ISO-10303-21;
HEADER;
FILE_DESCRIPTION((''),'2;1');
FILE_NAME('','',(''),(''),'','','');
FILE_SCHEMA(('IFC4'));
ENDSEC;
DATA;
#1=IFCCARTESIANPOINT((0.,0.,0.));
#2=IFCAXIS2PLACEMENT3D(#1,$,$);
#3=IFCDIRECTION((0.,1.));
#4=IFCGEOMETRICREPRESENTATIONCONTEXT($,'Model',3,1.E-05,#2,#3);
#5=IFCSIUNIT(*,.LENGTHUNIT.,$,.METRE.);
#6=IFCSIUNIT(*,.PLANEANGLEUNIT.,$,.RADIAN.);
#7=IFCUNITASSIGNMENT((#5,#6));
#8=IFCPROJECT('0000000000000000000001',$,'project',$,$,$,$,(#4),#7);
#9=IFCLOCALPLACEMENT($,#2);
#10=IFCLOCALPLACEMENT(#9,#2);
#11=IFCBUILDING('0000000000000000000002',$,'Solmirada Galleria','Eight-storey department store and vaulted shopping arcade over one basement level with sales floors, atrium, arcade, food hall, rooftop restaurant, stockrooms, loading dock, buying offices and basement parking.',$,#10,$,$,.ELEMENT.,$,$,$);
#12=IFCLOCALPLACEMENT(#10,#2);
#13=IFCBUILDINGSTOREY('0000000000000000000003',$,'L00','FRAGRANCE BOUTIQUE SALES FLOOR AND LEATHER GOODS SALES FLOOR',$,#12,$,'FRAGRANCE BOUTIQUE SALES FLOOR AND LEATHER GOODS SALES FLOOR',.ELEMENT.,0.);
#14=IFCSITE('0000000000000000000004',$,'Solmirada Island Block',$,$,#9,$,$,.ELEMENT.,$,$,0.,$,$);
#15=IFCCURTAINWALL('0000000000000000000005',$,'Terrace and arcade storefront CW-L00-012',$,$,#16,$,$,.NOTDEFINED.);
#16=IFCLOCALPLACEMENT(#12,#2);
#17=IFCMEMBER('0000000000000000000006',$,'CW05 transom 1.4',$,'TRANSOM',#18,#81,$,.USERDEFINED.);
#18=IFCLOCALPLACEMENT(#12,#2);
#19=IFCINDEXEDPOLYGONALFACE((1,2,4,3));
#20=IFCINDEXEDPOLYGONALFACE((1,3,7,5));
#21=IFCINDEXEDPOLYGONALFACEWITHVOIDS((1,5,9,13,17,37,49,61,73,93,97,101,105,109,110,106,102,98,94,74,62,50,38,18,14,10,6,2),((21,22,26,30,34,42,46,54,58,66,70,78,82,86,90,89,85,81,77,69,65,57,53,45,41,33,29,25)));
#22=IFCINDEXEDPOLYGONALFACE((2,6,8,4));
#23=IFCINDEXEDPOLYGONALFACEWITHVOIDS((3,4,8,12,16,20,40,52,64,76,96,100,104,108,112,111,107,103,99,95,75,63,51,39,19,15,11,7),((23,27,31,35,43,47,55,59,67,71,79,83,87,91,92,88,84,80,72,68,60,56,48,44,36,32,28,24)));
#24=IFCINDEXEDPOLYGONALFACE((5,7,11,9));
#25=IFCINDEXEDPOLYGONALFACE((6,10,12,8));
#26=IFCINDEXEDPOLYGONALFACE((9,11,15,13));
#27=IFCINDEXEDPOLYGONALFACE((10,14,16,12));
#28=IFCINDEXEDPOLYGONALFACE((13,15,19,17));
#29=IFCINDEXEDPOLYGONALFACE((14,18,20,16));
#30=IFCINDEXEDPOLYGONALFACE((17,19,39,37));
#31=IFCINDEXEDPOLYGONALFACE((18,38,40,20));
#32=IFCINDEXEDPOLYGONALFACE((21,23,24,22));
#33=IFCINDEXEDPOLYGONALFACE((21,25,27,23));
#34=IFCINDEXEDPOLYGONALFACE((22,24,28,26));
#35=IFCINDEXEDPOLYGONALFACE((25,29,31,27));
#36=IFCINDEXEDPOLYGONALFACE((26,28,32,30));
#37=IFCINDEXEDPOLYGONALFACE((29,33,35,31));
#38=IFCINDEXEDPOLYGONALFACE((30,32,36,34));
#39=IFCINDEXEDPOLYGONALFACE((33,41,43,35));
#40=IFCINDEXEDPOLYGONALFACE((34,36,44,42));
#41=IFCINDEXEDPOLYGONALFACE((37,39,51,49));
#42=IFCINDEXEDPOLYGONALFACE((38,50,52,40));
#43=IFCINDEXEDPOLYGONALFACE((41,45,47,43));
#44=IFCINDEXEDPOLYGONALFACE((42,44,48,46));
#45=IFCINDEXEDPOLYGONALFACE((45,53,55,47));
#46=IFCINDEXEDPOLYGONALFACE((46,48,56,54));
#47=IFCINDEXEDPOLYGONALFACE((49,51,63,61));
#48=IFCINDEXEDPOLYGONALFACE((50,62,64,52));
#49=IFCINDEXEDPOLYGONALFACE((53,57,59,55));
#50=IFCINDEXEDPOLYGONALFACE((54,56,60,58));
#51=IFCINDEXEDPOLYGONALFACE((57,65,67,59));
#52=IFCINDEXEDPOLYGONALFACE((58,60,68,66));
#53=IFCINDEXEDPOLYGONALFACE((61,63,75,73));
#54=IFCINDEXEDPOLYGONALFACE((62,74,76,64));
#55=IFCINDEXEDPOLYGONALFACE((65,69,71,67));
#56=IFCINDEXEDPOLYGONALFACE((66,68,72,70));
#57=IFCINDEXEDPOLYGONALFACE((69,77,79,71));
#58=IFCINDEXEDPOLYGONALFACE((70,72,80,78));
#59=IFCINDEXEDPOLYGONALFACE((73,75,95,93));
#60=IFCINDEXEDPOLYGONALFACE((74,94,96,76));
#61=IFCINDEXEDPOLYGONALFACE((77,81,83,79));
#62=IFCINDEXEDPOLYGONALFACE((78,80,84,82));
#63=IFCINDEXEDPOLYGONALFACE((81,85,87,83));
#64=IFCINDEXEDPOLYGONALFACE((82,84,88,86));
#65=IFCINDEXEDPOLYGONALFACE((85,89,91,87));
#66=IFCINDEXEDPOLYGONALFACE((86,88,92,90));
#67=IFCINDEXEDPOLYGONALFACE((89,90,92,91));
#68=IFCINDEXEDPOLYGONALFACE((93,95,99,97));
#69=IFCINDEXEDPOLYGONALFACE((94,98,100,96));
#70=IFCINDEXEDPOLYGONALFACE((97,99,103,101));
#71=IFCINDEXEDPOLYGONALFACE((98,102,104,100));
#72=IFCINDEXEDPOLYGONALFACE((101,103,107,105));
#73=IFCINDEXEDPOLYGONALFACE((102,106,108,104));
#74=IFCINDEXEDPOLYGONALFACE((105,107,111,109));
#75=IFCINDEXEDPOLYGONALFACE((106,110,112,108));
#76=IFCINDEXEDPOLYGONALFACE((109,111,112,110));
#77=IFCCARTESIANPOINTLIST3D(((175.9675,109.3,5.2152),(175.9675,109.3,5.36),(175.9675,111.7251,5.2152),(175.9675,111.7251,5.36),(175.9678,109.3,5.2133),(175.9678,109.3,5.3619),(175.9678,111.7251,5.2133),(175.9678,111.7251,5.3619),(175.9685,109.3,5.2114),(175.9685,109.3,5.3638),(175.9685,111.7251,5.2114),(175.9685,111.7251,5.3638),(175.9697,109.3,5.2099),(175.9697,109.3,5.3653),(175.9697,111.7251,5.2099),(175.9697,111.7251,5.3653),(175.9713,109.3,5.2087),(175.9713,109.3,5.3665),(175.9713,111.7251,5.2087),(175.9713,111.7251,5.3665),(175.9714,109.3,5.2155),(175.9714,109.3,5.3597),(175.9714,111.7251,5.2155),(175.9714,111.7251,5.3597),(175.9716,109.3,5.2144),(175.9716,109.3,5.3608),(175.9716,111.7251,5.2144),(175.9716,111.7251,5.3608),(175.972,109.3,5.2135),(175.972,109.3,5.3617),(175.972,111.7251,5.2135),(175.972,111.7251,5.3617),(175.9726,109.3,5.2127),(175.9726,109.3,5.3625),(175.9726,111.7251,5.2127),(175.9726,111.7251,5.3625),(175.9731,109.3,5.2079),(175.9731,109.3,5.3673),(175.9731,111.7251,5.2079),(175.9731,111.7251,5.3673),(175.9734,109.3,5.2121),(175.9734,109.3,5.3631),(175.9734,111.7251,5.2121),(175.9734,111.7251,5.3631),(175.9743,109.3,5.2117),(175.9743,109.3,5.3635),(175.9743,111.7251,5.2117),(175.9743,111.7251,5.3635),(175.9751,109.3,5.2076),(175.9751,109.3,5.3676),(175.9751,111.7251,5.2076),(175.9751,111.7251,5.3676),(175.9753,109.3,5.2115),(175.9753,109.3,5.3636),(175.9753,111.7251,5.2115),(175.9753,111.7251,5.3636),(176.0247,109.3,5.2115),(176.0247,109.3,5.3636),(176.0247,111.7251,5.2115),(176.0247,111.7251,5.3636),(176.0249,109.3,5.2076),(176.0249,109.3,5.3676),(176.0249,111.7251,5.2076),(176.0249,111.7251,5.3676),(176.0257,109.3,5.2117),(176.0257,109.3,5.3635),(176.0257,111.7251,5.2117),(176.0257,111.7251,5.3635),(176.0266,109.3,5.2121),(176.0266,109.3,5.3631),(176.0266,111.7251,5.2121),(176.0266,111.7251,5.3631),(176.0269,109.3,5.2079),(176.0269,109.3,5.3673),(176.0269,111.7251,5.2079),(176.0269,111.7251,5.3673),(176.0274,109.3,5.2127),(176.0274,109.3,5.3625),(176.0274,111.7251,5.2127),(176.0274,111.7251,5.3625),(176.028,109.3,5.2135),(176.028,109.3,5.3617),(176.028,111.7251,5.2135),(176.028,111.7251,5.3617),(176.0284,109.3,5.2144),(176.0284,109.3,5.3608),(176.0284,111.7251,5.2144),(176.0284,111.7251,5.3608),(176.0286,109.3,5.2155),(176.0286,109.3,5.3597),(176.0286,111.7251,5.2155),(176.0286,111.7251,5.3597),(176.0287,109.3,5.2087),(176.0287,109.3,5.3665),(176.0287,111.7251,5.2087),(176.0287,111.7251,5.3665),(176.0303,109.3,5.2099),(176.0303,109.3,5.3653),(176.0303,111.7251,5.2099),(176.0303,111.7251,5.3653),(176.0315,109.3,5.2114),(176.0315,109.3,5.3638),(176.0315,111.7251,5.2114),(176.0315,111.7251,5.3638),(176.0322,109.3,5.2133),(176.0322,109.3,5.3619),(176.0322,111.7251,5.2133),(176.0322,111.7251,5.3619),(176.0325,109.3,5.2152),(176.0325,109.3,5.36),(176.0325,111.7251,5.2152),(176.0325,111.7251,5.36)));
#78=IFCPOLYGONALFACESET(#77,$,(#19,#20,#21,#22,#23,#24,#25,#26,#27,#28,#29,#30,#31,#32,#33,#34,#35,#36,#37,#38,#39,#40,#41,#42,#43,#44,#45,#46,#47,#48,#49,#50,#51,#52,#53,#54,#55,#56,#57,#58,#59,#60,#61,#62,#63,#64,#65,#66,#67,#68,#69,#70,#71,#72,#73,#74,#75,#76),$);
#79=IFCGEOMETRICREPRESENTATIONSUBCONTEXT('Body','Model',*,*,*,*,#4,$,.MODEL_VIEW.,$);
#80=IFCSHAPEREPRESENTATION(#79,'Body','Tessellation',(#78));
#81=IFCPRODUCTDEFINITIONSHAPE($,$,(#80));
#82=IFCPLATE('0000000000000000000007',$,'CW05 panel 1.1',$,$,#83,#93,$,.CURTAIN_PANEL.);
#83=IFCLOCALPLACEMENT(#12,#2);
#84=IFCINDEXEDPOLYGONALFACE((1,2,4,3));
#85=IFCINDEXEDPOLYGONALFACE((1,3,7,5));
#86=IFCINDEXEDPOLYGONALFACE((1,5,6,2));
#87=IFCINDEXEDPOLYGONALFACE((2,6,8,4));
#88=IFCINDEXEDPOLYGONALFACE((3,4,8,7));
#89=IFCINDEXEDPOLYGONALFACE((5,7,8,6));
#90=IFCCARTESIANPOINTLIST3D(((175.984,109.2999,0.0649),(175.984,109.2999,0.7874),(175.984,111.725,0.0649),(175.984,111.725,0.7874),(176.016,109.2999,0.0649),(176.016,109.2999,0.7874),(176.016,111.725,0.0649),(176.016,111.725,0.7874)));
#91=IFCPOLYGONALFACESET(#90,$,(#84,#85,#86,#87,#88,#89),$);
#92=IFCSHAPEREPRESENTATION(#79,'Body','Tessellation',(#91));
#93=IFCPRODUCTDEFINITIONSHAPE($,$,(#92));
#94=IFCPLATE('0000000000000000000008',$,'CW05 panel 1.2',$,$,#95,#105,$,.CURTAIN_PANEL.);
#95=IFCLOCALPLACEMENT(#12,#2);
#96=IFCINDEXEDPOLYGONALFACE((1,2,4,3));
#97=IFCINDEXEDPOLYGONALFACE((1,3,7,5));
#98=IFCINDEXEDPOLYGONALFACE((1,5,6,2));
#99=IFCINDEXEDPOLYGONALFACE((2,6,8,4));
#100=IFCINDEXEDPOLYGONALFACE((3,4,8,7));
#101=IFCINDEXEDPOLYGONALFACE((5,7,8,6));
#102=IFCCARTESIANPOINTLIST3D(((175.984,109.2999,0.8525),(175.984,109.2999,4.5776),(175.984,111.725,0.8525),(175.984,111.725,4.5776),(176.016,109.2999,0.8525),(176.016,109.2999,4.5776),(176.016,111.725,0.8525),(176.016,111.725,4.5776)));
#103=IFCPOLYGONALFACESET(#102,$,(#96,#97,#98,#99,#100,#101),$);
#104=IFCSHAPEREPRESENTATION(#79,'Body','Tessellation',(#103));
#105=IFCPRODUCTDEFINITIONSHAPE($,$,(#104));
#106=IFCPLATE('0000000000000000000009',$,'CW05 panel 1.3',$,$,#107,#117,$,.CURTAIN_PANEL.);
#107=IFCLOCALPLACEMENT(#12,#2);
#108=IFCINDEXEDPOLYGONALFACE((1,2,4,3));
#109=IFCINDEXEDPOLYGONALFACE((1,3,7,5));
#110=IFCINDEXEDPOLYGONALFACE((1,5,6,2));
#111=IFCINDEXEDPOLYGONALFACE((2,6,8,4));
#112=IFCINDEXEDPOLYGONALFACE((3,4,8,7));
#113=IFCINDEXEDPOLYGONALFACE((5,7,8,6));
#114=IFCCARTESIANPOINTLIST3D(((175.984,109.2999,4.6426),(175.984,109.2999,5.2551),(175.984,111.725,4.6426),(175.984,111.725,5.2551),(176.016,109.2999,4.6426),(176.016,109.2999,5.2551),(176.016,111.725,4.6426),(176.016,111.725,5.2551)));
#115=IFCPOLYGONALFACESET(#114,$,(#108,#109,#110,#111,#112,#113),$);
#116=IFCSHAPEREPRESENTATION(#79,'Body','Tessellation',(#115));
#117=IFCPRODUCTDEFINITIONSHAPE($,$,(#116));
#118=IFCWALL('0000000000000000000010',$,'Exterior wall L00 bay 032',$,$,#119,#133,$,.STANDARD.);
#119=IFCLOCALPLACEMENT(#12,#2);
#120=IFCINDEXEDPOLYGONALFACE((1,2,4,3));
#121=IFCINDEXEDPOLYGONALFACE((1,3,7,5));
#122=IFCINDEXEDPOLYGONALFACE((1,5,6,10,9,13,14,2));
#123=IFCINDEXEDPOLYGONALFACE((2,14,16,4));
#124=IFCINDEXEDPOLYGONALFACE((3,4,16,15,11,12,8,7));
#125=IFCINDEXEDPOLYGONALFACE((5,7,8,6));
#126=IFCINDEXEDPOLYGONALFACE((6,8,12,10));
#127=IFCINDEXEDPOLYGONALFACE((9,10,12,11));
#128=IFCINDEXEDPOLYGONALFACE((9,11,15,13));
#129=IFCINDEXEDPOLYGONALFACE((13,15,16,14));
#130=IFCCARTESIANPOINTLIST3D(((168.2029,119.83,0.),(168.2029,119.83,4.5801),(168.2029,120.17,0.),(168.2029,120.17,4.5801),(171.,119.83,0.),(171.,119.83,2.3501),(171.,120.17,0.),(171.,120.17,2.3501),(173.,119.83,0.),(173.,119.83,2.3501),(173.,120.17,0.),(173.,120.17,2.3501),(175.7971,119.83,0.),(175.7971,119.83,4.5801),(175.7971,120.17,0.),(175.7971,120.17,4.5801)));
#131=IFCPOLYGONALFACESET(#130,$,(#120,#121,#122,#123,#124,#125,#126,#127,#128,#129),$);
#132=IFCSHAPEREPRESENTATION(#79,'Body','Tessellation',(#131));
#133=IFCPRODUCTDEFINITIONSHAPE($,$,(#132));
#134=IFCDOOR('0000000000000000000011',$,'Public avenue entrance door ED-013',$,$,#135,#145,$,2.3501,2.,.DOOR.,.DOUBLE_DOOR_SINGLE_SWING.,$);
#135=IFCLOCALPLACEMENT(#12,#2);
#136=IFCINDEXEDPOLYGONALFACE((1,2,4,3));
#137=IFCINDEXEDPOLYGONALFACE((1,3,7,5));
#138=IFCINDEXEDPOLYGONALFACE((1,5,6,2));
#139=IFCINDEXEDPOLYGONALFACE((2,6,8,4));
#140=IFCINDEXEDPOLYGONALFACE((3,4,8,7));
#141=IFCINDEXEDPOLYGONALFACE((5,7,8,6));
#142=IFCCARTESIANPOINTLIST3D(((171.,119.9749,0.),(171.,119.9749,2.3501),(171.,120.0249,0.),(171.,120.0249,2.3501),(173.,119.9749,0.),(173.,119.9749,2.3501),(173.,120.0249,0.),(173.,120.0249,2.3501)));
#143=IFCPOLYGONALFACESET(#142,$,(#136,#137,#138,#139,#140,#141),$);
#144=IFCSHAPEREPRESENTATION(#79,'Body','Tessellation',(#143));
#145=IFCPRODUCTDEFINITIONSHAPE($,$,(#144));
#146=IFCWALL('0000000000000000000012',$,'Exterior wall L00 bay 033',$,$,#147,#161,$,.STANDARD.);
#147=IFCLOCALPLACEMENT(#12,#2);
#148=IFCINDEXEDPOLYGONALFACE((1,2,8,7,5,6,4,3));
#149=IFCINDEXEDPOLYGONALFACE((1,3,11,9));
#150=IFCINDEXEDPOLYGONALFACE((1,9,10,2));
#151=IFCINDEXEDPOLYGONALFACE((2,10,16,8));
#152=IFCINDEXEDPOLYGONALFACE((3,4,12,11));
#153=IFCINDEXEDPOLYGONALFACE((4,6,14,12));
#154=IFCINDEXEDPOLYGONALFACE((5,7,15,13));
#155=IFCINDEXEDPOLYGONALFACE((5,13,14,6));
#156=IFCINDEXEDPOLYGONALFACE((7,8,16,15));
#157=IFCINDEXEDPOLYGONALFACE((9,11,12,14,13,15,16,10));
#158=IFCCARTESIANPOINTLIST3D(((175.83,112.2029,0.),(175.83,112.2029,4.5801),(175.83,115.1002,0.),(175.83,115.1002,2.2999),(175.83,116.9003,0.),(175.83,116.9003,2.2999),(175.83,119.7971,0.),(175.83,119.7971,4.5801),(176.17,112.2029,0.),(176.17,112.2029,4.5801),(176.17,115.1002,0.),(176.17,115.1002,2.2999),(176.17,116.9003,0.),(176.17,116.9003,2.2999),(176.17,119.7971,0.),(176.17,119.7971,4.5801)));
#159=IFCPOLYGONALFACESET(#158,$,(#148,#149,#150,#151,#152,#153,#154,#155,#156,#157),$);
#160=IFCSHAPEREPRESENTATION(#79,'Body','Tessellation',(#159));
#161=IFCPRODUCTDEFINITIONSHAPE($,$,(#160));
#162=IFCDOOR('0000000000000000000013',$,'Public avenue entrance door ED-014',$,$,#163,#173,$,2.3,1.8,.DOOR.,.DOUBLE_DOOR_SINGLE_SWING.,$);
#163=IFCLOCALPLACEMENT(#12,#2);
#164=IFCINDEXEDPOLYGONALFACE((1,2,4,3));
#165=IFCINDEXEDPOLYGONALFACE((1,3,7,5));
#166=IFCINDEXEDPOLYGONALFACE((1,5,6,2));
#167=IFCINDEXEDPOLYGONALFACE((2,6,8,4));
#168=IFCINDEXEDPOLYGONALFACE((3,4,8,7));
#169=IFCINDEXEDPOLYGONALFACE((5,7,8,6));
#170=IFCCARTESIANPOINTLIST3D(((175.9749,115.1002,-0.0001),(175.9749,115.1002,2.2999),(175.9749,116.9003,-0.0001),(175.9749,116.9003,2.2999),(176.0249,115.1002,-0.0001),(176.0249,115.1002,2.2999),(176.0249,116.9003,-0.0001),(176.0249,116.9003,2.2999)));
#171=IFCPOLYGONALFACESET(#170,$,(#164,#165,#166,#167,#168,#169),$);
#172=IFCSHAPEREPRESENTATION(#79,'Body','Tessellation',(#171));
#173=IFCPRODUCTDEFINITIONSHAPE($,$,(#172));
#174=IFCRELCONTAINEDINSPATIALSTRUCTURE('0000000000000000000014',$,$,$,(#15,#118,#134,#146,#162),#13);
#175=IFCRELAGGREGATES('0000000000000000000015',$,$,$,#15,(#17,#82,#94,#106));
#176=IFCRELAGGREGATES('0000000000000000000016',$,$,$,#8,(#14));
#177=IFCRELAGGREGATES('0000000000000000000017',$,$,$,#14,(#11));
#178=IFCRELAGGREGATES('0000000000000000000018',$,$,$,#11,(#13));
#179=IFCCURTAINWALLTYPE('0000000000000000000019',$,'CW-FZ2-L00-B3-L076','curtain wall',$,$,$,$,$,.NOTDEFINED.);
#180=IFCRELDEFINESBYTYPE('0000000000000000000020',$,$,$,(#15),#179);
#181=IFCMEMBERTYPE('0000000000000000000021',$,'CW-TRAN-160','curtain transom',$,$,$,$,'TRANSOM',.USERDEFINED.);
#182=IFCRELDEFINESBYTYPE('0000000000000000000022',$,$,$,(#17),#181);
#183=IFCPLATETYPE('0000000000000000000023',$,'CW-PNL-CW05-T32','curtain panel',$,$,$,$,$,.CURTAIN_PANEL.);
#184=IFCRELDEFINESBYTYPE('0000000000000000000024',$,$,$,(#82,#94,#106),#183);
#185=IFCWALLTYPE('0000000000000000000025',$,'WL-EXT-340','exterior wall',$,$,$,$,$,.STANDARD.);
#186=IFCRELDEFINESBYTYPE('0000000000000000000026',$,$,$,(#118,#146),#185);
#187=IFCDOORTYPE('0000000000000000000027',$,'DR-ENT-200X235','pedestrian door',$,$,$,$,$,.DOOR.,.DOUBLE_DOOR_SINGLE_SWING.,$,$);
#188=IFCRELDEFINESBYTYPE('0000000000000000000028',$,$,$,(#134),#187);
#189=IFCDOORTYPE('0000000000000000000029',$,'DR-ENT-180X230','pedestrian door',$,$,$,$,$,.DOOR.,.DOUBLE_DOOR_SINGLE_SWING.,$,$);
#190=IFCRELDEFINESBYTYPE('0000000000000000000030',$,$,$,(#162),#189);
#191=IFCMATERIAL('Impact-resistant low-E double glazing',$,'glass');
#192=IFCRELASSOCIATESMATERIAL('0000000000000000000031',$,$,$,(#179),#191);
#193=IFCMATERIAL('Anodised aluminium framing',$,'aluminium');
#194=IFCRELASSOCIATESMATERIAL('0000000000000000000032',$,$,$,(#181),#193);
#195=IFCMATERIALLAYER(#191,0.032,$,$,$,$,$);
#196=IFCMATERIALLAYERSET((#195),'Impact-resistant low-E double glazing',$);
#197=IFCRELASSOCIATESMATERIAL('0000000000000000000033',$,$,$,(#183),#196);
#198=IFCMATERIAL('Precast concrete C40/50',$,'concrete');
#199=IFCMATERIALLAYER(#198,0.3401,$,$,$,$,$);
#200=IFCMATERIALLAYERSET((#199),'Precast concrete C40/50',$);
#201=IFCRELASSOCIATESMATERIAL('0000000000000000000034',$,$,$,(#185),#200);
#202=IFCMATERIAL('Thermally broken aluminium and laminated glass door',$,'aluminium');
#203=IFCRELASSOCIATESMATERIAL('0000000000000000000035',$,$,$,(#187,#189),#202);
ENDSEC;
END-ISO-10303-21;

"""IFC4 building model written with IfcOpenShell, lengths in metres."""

from ifc_helpers import new_model, si_unit, direction, frame, frame_2d, origin, origin_2d, place, context, subcontext, project, spatial, rectangle, hollow_rectangle, extrude, material, layer, layer_set, material_profile, profile_set, type_object, element, fill, aggregate, save


model = new_model("IFC4")

# Units and contexts
model_context = context("Model", 3, precision=1e-05, world=origin(), true_north=direction((0.0, 1.0)))
body_context = subcontext(model_context, "Body", "Model", "MODEL_VIEW")
ifc_project = project(units=[si_unit("LENGTHUNIT", "METRE"), si_unit("PLANEANGLEUNIT", "RADIAN")], contexts=[model_context])

# Site, building, storey
site_placement = place(None, origin())
site = spatial("IfcSite", under=ifc_project, at=site_placement, Name="Solmirada Island Block", CompositionType="ELEMENT", RefElevation=0.0)
building_placement = place(site_placement, origin())
building = spatial("IfcBuilding", under=site, at=building_placement, Name="Solmirada Galleria", Description="Eight-storey department store and vaulted shopping arcade over one basement level with sales floors, atrium, arcade, food hall, rooftop restaurant, stockrooms, loading dock, buying offices and basement parking.", CompositionType="ELEMENT")
storey_placement = place(building_placement, origin())
storey = spatial("IfcBuildingStorey", under=building, at=storey_placement, Name="L00", Description="FRAGRANCE BOUTIQUE SALES FLOOR AND LEATHER GOODS SALES FLOOR", LongName="FRAGRANCE BOUTIQUE SALES FLOOR AND LEATHER GOODS SALES FLOOR", CompositionType="ELEMENT", Elevation=0.0)

# Curtain wall, member, plates
ifc_material_1 = material(Name="Impact-resistant low-E double glazing", Category="glass")
curtain_wall_type = type_object("IfcCurtainWallType", Name="CW-FZ2-L00-B3-L076", Description="curtain wall", PredefinedType="NOTDEFINED", material=ifc_material_1)
curtain_wall_placement = place(storey_placement, origin())
curtain_wall = element("IfcCurtainWall", 1, at=curtain_wall_placement, inside=storey, type_object=curtain_wall_type, Name="Terrace and arcade storefront CW-L00-012", PredefinedType="NOTDEFINED")
ifc_material_2 = material(Name="Anodised aluminium framing", Category="aluminium")
ifc_material_profile_1 = material_profile(ifc_material_2, hollow_rectangle(XDim=0.0649, YDim=0.1599, WallThickness=0.0039, InnerFilletRadius=0.0039, OuterFilletRadius=0.0076, at=origin_2d()), Name="ALU-TRAN-160X65")
ifc_profile_set_1 = profile_set([ifc_material_profile_1], Name="Anodised aluminium framing")
member_type_1 = type_object("IfcMemberType", Name="CW-TRAN-160", Description="curtain transom", ElementType="TRANSOM", PredefinedType="USERDEFINED", material=ifc_profile_set_1)
member_1_placement = place(storey_placement, frame((176.0, 111.7251, 5.2876), z_axis=(0.0, -1.0, 0.0), x_axis=(1.0, 0.0, 0.0)))
member_1 = element("IfcMember", 2, at=member_1_placement, type_object=member_type_1, Name="CW05 transom 1.4", ObjectType="TRANSOM", PredefinedType="USERDEFINED", context=body_context, shape_type="SweptSolid", body=[
    extrude(hollow_rectangle(XDim=0.0649, YDim=0.1599, WallThickness=0.0039, InnerFilletRadius=0.0039, OuterFilletRadius=0.0076, at=origin_2d()), origin(), (0.0, 0.0, 1.0), 2.425),
])
ifc_layer_1 = layer(ifc_material_1, 0.032)
ifc_layer_set_1 = layer_set([ifc_layer_1], Name="Impact-resistant low-E double glazing")
plate_type = type_object("IfcPlateType", Name="CW-PNL-CW05-T32", Description="curtain panel", PredefinedType="CURTAIN_PANEL", material=ifc_layer_set_1)
plate_1_placement = place(storey_placement, frame((176.0, 110.5125, 0.0649), z_axis=(0.0, 0.0, 1.0), x_axis=(0.0, -1.0, 0.0)))
plate_1 = element("IfcPlate", 3, at=plate_1_placement, type_object=plate_type, Name="CW05 panel 1.1", PredefinedType="CURTAIN_PANEL", context=body_context, shape_type="SweptSolid", body=[
    extrude(rectangle(XDim=2.425, YDim=0.032, at=origin_2d()), origin(), (0.0, 0.0, 1.0), 0.7224),
])
plate_2_placement = place(storey_placement, frame((176.0, 110.5125, 0.8525), z_axis=(0.0, 0.0, 1.0), x_axis=(0.0, -1.0, 0.0)))
plate_2 = element("IfcPlate", 4, at=plate_2_placement, type_object=plate_type, Name="CW05 panel 1.2", PredefinedType="CURTAIN_PANEL", context=body_context, shape_type="SweptSolid", body=[
    extrude(rectangle(XDim=2.425, YDim=0.032, at=origin_2d()), origin(), (0.0, 0.0, 1.0), 3.7251),
])
plate_3_placement = place(storey_placement, frame((176.0, 110.5125, 4.6426), z_axis=(0.0, 0.0, 1.0), x_axis=(0.0, -1.0, 0.0)))
plate_3 = element("IfcPlate", 5, at=plate_3_placement, type_object=plate_type, Name="CW05 panel 1.3", PredefinedType="CURTAIN_PANEL", context=body_context, shape_type="SweptSolid", body=[
    extrude(rectangle(XDim=2.425, YDim=0.032, at=origin_2d()), origin(), (0.0, 0.0, 1.0), 0.6125),
])
aggregate(curtain_wall, [member_1, plate_1, plate_2, plate_3])

# Walls, openings, doors
ifc_material_3 = material(Name="Precast concrete C40/50", Category="concrete")
ifc_layer_2 = layer(ifc_material_3, 0.3401)
ifc_layer_set_2 = layer_set([ifc_layer_2], Name="Precast concrete C40/50")
wall_type = type_object("IfcWallType", Name="WL-EXT-340", Description="exterior wall", PredefinedType="STANDARD", material=ifc_layer_set_2)
wall_1_placement = place(storey_placement, frame((168.2029, 120.0, 0.0), z_axis=(0.0, 0.0, 1.0), x_axis=(1.0, 0.0, 0.0)))
wall_1 = element("IfcWall", 6, at=wall_1_placement, inside=storey, type_object=wall_type, Name="Exterior wall L00 bay 032", PredefinedType="STANDARD", context=body_context, shape_type="SweptSolid", body=[
    extrude(rectangle(XDim=7.5942, YDim=0.3401, at=frame_2d((3.7971, 0.0))), origin(), (0.0, 0.0, 1.0), 4.5801),
])
opening_1_placement = place(wall_1_placement, frame((2.7971, 0.0, 0.0)))
opening_1 = element("IfcOpeningElement", 7, at=opening_1_placement, cuts=wall_1, PredefinedType="OPENING", context=body_context, shape_type="SweptSolid", body=[
    extrude(rectangle(XDim=2.0, YDim=2.3501, at=frame_2d((1.0, 1.175))), frame((0.0, 0.1799, 0.0), z_axis=(0.0, -1.0, 0.0), x_axis=(1.0, 0.0, 0.0)), (0.0, 0.0, 1.0), 0.3601),
])
ifc_material_4 = material(Name="Thermally broken aluminium and laminated glass door", Category="aluminium")
door_type_1 = type_object("IfcDoorType", Name="DR-ENT-200X235", Description="pedestrian door", OperationType="DOUBLE_DOOR_SINGLE_SWING", PredefinedType="DOOR", material=ifc_material_4)
door_1_placement = place(opening_1_placement, origin())
door_1 = element("IfcDoor", 8, at=door_1_placement, inside=storey, type_object=door_type_1, Name="Public avenue entrance door ED-013", OperationType="DOUBLE_DOOR_SINGLE_SWING", OverallHeight=2.3501, OverallWidth=2.0, PredefinedType="DOOR", context=body_context, shape_type="SweptSolid", body=[
    extrude(rectangle(XDim=2.0, YDim=2.3501, at=frame_2d((1.0, 1.175))), frame((0.0, 0.0249, 0.0), z_axis=(0.0, -1.0, 0.0), x_axis=(1.0, 0.0, 0.0)), (0.0, 0.0, 1.0), 0.05),
])
fill(opening_1, door_1)
wall_2_placement = place(storey_placement, frame((176.0, 119.7971, 0.0), z_axis=(0.0, 0.0, 1.0), x_axis=(0.0, -1.0, 0.0)))
wall_2 = element("IfcWall", 9, at=wall_2_placement, inside=storey, type_object=wall_type, Name="Exterior wall L00 bay 033", PredefinedType="STANDARD", context=body_context, shape_type="SweptSolid", body=[
    extrude(rectangle(XDim=7.5942, YDim=0.3401, at=frame_2d((3.7971, 0.0))), origin(), (0.0, 0.0, 1.0), 4.5801),
])
opening_2_placement = place(wall_2_placement, frame((2.897, 0.0, 0.0)))
opening_2 = element("IfcOpeningElement", 10, at=opening_2_placement, cuts=wall_2, PredefinedType="OPENING", context=body_context, shape_type="SweptSolid", body=[
    extrude(rectangle(XDim=1.8, YDim=2.3, at=frame_2d((0.8999, 1.1499))), frame((0.0, 0.1799, 0.0), z_axis=(0.0, -1.0, 0.0), x_axis=(1.0, 0.0, 0.0)), (0.0, 0.0, 1.0), 0.3601),
])
door_type_2 = type_object("IfcDoorType", Name="DR-ENT-180X230", Description="pedestrian door", OperationType="DOUBLE_DOOR_SINGLE_SWING", PredefinedType="DOOR", material=ifc_material_4)
door_2_placement = place(opening_2_placement, origin())
door_2 = element("IfcDoor", 11, at=door_2_placement, inside=storey, type_object=door_type_2, Name="Public avenue entrance door ED-014", OperationType="DOUBLE_DOOR_SINGLE_SWING", OverallHeight=2.3, OverallWidth=1.8, PredefinedType="DOOR", context=body_context, shape_type="SweptSolid", body=[
    extrude(rectangle(XDim=1.8, YDim=2.3, at=frame_2d((0.8999, 1.1499))), frame((0.0, 0.0249, 0.0), z_axis=(0.0, -1.0, 0.0), x_axis=(1.0, 0.0, 0.0)), (0.0, 0.0, 1.0), 0.05),
])
fill(opening_2, door_2)

save(model, "model.ifc")
